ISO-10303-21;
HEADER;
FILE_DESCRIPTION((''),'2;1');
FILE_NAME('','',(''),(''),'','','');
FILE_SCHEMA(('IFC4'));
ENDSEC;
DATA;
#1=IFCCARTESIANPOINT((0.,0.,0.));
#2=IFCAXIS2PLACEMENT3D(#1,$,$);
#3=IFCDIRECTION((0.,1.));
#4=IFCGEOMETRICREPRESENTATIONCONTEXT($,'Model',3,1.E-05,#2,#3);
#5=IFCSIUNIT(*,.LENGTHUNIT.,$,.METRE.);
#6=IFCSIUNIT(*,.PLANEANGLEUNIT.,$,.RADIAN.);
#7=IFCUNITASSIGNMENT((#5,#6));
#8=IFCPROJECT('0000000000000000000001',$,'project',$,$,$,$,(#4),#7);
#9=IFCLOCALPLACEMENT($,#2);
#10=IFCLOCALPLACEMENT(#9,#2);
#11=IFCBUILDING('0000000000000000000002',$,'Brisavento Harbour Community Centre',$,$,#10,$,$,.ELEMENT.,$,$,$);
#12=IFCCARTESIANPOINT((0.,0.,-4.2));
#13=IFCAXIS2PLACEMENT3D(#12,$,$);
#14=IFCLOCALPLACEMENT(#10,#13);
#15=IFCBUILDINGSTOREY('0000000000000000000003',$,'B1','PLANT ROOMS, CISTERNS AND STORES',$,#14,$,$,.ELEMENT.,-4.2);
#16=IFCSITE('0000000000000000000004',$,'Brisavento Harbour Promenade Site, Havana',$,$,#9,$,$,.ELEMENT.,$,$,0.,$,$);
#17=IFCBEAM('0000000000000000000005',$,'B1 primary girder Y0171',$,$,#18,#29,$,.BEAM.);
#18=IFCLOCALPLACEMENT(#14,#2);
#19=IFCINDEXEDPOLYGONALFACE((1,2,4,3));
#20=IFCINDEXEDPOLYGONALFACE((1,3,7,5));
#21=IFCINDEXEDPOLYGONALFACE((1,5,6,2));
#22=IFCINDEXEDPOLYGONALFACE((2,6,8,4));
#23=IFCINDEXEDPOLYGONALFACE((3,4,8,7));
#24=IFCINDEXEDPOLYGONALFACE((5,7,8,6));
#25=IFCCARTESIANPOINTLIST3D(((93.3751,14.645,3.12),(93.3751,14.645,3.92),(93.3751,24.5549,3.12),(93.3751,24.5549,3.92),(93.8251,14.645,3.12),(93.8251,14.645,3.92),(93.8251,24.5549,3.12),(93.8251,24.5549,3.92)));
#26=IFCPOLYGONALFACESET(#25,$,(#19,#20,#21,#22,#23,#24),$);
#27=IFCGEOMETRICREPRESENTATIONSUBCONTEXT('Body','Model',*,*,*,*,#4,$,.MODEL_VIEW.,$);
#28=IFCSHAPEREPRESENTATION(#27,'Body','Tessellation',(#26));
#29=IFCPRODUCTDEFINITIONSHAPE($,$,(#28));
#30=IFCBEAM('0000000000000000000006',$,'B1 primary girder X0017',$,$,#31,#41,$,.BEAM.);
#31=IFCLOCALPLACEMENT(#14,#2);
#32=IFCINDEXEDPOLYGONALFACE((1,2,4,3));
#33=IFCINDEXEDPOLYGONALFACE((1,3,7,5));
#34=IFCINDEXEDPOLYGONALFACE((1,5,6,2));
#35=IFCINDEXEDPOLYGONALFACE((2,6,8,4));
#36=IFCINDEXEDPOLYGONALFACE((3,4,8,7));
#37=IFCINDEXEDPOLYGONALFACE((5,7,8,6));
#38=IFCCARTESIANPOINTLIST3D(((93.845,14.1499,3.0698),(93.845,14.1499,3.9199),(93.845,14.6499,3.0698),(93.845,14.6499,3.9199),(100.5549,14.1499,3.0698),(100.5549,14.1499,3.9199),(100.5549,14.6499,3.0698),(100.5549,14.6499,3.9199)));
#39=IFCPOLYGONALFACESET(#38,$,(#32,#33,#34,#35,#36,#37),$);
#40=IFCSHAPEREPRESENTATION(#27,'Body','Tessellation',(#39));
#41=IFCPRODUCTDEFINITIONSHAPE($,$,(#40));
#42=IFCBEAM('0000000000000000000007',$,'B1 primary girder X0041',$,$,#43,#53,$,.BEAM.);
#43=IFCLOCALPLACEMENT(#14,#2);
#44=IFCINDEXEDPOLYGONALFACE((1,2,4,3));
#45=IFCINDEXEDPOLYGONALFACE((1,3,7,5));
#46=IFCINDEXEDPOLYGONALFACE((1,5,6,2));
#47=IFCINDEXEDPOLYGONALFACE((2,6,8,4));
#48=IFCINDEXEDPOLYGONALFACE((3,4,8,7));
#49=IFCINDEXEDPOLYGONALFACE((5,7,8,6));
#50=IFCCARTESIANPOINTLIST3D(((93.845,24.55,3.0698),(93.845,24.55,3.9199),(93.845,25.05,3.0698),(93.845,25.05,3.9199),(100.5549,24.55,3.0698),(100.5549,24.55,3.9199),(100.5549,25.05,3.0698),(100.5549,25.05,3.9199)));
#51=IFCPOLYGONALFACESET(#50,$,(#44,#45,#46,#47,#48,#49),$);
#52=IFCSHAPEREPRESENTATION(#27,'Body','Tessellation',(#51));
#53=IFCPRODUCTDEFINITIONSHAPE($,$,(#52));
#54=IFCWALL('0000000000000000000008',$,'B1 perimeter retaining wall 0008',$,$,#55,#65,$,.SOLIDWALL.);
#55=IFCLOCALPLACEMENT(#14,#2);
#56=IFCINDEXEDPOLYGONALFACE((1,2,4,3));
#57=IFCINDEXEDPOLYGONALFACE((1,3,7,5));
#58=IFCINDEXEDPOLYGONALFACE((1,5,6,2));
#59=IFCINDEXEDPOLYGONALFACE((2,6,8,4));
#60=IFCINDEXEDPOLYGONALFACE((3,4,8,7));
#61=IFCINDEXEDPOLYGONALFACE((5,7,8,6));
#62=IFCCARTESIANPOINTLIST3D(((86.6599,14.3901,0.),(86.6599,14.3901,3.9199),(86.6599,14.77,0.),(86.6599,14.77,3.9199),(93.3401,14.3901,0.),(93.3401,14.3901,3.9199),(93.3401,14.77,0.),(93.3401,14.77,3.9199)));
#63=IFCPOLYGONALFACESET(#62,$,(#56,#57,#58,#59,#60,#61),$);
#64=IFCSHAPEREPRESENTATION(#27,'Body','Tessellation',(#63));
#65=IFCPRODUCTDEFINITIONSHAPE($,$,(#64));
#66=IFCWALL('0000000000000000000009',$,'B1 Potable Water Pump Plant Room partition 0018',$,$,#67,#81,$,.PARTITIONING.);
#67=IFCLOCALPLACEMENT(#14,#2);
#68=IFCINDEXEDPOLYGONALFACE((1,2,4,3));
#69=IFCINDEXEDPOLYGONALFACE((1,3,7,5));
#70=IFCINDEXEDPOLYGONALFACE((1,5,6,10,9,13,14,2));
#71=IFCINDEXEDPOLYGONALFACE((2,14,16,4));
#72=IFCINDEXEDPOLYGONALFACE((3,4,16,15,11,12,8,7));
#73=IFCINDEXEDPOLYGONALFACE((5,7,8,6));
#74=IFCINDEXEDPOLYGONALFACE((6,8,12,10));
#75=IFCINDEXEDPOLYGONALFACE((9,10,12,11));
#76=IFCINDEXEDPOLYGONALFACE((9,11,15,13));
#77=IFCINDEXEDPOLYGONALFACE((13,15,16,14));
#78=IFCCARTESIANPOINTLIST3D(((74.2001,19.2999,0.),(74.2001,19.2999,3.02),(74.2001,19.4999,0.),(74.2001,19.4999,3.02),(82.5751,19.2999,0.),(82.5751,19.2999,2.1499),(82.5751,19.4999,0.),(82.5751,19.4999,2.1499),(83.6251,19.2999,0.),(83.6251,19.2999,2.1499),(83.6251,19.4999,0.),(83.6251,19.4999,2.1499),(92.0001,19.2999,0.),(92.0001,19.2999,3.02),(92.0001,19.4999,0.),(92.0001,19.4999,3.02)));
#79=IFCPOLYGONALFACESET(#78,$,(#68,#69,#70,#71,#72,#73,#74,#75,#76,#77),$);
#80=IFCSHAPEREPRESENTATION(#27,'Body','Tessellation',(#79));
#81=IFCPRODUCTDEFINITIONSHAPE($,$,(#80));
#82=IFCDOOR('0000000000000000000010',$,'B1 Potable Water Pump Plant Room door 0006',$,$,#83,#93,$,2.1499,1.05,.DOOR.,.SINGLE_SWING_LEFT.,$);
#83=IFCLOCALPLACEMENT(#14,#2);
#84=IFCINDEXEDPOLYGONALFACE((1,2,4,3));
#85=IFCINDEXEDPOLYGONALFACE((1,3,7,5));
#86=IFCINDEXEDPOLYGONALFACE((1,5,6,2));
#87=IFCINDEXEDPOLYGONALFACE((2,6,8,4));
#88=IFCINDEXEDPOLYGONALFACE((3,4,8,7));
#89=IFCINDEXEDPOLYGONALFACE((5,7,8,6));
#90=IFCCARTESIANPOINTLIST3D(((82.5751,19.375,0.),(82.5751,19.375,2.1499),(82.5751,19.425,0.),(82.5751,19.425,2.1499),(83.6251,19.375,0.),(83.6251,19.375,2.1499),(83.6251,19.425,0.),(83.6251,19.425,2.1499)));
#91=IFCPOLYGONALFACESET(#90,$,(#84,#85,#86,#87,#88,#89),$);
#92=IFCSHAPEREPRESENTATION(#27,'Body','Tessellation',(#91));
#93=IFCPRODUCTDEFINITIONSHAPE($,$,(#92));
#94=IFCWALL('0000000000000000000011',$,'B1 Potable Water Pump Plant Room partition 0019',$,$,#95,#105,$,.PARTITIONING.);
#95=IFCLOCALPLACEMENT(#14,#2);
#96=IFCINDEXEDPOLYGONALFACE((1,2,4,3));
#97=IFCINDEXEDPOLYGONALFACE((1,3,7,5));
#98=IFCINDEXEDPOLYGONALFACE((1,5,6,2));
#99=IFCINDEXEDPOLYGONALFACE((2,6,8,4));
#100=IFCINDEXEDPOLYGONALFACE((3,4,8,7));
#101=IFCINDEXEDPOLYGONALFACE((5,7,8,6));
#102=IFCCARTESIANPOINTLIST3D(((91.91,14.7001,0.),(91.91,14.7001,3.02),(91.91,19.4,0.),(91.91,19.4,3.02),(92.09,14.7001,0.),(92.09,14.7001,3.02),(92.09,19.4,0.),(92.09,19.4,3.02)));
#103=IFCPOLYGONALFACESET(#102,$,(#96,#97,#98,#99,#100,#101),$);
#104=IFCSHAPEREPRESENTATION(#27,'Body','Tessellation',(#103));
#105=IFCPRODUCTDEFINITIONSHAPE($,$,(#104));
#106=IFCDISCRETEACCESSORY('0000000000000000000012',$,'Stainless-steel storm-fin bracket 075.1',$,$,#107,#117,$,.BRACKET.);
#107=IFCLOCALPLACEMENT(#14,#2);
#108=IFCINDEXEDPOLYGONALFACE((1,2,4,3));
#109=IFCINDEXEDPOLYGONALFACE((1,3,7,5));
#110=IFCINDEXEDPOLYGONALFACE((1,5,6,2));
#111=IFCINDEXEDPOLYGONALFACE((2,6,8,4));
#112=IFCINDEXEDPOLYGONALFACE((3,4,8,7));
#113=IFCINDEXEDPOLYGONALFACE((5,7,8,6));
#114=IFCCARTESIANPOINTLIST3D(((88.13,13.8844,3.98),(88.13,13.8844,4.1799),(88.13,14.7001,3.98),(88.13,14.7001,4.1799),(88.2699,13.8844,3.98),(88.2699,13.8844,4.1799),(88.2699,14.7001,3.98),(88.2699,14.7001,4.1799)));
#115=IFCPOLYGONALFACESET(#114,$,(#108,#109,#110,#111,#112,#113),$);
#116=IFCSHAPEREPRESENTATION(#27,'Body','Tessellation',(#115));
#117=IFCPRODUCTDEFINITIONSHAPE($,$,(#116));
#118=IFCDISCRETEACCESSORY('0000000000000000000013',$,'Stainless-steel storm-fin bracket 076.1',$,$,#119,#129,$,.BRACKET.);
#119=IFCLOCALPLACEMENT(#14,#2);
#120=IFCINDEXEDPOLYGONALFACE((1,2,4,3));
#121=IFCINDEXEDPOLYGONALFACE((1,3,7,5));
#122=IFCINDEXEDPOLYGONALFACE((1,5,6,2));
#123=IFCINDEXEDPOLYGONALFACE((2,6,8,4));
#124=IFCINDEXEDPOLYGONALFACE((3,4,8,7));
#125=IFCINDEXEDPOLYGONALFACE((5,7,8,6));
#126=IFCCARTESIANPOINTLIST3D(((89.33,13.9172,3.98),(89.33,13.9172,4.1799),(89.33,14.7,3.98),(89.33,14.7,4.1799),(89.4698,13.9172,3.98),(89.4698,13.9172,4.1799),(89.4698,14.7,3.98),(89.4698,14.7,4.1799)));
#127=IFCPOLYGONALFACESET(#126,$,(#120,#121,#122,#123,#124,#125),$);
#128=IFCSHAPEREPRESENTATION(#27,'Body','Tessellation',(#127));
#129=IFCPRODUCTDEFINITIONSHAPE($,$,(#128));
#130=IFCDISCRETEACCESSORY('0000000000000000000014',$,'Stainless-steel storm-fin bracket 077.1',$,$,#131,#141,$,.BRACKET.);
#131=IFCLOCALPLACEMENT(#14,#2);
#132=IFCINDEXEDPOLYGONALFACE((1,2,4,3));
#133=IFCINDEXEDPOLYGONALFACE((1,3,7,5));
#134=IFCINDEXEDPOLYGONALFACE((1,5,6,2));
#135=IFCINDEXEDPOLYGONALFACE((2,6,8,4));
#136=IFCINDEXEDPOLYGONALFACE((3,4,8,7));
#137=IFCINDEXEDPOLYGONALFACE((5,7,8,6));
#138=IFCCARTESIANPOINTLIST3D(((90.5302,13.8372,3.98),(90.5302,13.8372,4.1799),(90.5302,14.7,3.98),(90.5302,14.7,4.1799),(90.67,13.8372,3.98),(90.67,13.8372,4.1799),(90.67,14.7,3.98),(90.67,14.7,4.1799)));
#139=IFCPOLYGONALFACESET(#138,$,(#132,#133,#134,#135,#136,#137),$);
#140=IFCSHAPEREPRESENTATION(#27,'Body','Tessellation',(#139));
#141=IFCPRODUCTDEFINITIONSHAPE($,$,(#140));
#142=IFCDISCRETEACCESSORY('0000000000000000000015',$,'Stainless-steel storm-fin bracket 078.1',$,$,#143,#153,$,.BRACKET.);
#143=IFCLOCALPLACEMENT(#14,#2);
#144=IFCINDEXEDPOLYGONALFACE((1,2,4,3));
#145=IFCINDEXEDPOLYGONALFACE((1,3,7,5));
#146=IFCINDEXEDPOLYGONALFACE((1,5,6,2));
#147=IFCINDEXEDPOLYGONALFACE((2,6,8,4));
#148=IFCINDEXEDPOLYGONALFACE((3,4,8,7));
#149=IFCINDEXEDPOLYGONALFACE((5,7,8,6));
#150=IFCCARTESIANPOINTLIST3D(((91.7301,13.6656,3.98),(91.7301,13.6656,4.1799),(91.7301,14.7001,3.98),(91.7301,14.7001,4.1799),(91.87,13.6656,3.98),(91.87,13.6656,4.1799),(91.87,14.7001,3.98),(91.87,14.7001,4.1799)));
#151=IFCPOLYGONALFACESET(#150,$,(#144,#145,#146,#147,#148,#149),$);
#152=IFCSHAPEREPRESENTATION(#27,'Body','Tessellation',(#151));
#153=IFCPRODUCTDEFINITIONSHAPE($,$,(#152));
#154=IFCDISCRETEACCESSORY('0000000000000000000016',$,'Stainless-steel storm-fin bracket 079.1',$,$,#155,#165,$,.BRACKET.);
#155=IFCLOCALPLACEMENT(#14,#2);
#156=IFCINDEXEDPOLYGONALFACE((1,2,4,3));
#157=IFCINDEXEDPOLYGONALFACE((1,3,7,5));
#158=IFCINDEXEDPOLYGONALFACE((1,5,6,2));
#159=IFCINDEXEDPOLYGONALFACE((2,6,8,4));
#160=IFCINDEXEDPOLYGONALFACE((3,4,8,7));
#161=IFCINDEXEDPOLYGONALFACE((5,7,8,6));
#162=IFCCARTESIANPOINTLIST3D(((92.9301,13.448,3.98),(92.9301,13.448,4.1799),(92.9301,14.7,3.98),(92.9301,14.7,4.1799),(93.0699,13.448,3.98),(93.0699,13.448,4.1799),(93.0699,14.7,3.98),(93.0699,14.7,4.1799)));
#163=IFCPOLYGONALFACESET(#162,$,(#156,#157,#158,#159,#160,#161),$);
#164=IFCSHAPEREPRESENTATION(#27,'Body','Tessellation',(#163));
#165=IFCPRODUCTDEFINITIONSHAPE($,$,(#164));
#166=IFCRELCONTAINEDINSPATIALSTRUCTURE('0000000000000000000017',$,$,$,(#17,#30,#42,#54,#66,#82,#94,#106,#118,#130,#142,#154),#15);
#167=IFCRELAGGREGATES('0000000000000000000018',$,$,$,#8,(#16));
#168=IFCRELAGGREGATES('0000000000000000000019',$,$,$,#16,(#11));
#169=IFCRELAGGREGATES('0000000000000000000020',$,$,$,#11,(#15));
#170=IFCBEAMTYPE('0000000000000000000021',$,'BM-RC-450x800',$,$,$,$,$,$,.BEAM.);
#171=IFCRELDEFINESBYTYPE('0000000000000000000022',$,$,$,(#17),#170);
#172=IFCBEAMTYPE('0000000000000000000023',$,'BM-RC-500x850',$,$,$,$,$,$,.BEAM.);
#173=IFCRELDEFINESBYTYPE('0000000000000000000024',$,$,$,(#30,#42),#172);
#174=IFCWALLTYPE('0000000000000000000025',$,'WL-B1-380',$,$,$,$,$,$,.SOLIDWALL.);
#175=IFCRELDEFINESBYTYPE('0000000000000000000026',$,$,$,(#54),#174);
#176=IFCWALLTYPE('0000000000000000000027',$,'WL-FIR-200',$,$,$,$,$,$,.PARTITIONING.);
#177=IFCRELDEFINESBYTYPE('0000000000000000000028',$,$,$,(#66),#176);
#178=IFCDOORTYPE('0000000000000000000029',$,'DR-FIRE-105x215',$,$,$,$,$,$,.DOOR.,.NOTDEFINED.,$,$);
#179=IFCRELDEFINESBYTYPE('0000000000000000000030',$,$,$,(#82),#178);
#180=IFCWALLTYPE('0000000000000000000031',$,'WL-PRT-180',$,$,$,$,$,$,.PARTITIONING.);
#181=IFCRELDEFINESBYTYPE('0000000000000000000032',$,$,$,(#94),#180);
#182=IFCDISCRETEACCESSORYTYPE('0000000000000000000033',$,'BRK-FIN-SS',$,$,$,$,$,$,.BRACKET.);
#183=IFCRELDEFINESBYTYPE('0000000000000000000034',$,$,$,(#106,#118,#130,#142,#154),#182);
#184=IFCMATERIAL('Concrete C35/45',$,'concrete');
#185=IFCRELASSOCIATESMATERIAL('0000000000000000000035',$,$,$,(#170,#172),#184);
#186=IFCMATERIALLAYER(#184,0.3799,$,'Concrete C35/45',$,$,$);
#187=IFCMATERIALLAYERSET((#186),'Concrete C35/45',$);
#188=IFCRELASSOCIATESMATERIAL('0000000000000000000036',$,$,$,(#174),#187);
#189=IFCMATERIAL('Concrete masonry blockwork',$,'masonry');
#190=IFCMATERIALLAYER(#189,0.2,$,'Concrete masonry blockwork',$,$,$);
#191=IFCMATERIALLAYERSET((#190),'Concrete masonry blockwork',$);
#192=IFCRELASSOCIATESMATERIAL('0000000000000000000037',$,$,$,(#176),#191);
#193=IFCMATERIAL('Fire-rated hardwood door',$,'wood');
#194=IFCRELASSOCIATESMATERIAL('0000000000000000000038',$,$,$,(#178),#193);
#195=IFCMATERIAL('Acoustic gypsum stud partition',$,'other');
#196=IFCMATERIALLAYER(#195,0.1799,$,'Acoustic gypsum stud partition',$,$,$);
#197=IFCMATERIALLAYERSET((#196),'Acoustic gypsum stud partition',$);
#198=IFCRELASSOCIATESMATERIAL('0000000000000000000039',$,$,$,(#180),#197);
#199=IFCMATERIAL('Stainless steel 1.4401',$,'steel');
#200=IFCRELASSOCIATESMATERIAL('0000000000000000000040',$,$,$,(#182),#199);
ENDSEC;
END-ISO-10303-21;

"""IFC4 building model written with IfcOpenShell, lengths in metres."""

from ifc_helpers import new_model, si_unit, direction, frame, frame_2d, origin, origin_2d, place, context, subcontext, project, spatial, rectangle, extrude, material, layer, layer_set, material_profile, profile_set, type_object, element, fill, save


model = new_model("IFC4")

# Units and contexts
model_context = context("Model", 3, precision=1e-05, world=origin(), true_north=direction((0.0, 1.0)))
body_context = subcontext(model_context, "Body", "Model", "MODEL_VIEW")
ifc_project = project(units=[si_unit("LENGTHUNIT", "METRE"), si_unit("PLANEANGLEUNIT", "RADIAN")], contexts=[model_context])

# Site, building, storey
site_placement = place(None, origin())
site = spatial("IfcSite", under=ifc_project, at=site_placement, Name="Brisavento Harbour Promenade Site, Havana", CompositionType="ELEMENT", RefElevation=0.0)
building_placement = place(site_placement, origin())
building = spatial("IfcBuilding", under=site, at=building_placement, Name="Brisavento Harbour Community Centre", CompositionType="ELEMENT")
storey_placement = place(building_placement, frame((0.0, 0.0, -4.2)))
storey = spatial("IfcBuildingStorey", under=building, at=storey_placement, Name="B1", Description="PLANT ROOMS, CISTERNS AND STORES", CompositionType="ELEMENT", Elevation=-4.2)

# Shared definitions
ifc_material_1 = material(Name="Concrete C35/45", Category="concrete")

# Beams
ifc_material_profile_1 = material_profile(ifc_material_1, rectangle(XDim=0.45, YDim=0.8, at=origin_2d()), Name="Concrete C35/45")
ifc_profile_set_1 = profile_set([ifc_material_profile_1], Name="Concrete C35/45")
beam_type_1 = type_object("IfcBeamType", Name="BM-RC-450x800", PredefinedType="BEAM", material=ifc_profile_set_1)
beam_1_placement = place(storey_placement, frame((93.6001, 14.645, 3.52), z_axis=(0.0, 1.0, 0.0), x_axis=(-1.0, 0.0, 0.0)))
element("IfcBeam", 1, at=beam_1_placement, inside=storey, type_object=beam_type_1, Name="B1 primary girder Y0171", PredefinedType="BEAM", context=body_context, shape_type="SweptSolid", body=[
    extrude(rectangle(XDim=0.45, YDim=0.8, at=origin_2d()), origin(), (0.0, 0.0, 1.0), 9.9099),
])
ifc_material_profile_2 = material_profile(ifc_material_1, rectangle(XDim=0.5, YDim=0.8501, at=origin_2d()), Name="Concrete C35/45")
ifc_profile_set_2 = profile_set([ifc_material_profile_2], Name="Concrete C35/45")
beam_type_2 = type_object("IfcBeamType", Name="BM-RC-500x850", PredefinedType="BEAM", material=ifc_profile_set_2)
for number, where, z_axis, x_axis, name in (
    (2, (93.845, 14.3999, 3.4949), (1.0, 0.0, 0.0), (0.0, 1.0, 0.0), "B1 primary girder X0017"),
    (3, (93.845, 24.8, 3.4949), (1.0, 0.0, 0.0), (0.0, 1.0, 0.0), "B1 primary girder X0041"),
):
    element("IfcBeam", number, at=place(storey_placement, frame(where, z_axis=z_axis, x_axis=x_axis)), inside=storey, type_object=beam_type_2, Name=name, PredefinedType="BEAM", context=body_context, shape_type="SweptSolid", body=[
        extrude(rectangle(XDim=0.5, YDim=0.8501, at=origin_2d()), origin(), (0.0, 0.0, 1.0), 6.71),
    ])

# Wall
ifc_layer_1 = layer(ifc_material_1, 0.3799, Name="Concrete C35/45")
ifc_layer_set_1 = layer_set([ifc_layer_1], Name="Concrete C35/45")
wall_type_1 = type_object("IfcWallType", Name="WL-B1-380", PredefinedType="SOLIDWALL", material=ifc_layer_set_1)
wall_1_placement = place(storey_placement, frame((93.3401, 14.5801, 0.0), z_axis=(0.0, 0.0, 1.0), x_axis=(-1.0, 0.0, 0.0)))
element("IfcWall", 4, at=wall_1_placement, inside=storey, type_object=wall_type_1, Name="B1 perimeter retaining wall 0008", PredefinedType="SOLIDWALL", context=body_context, shape_type="SweptSolid", body=[
    extrude(rectangle(XDim=6.6802, YDim=0.3799, at=frame_2d((3.3401, 0.0))), origin(), (0.0, 0.0, 1.0), 3.9199),
])

# Wall, opening, door
ifc_material_2 = material(Name="Concrete masonry blockwork", Category="masonry")
ifc_layer_2 = layer(ifc_material_2, 0.2, Name="Concrete masonry blockwork")
ifc_layer_set_2 = layer_set([ifc_layer_2], Name="Concrete masonry blockwork")
wall_type_2 = type_object("IfcWallType", Name="WL-FIR-200", PredefinedType="PARTITIONING", material=ifc_layer_set_2)
wall_2_placement = place(storey_placement, frame((92.0, 19.3999, 0.0), z_axis=(0.0, 0.0, 1.0), x_axis=(-1.0, 0.0, 0.0)))
wall_2 = element("IfcWall", 5, at=wall_2_placement, inside=storey, type_object=wall_type_2, Name="B1 Potable Water Pump Plant Room partition 0018", PredefinedType="PARTITIONING", context=body_context, shape_type="SweptSolid", body=[
    extrude(rectangle(XDim=17.8, YDim=0.2, at=frame_2d((8.8999, 0.0))), origin(), (0.0, 0.0, 1.0), 3.02),
])
opening_placement = place(wall_2_placement, frame((8.375, 0.0, 0.0)))
opening = element("IfcOpeningElement", 6, at=opening_placement, cuts=wall_2, PredefinedType="OPENING", context=body_context, shape_type="SweptSolid", body=[
    extrude(rectangle(XDim=1.05, YDim=2.1499, at=frame_2d((0.5249, 1.075))), frame((0.0, 0.1099, 0.0), z_axis=(0.0, -1.0, 0.0), x_axis=(1.0, 0.0, 0.0)), (0.0, 0.0, 1.0), 0.22),
])
ifc_material_3 = material(Name="Fire-rated hardwood door", Category="wood")
door_type = type_object("IfcDoorType", Name="DR-FIRE-105x215", OperationType="NOTDEFINED", PredefinedType="DOOR", material=ifc_material_3)
door_placement = place(opening_placement, origin())
door = element("IfcDoor", 7, at=door_placement, inside=storey, type_object=door_type, Name="B1 Potable Water Pump Plant Room door 0006", OperationType="SINGLE_SWING_LEFT", OverallHeight=2.1499, OverallWidth=1.05, PredefinedType="DOOR", context=body_context, shape_type="SweptSolid", body=[
    extrude(rectangle(XDim=1.05, YDim=2.1499, at=frame_2d((0.5249, 1.075))), frame((0.0, 0.0249, 0.0), z_axis=(0.0, -1.0, 0.0), x_axis=(1.0, 0.0, 0.0)), (0.0, 0.0, 1.0), 0.05),
])
fill(opening, door)

# Wall
ifc_material_4 = material(Name="Acoustic gypsum stud partition", Category="other")
ifc_layer_3 = layer(ifc_material_4, 0.1799, Name="Acoustic gypsum stud partition")
ifc_layer_set_3 = layer_set([ifc_layer_3], Name="Acoustic gypsum stud partition")
wall_type_3 = type_object("IfcWallType", Name="WL-PRT-180", PredefinedType="PARTITIONING", material=ifc_layer_set_3)
wall_3_placement = place(storey_placement, frame((92.0, 14.7, 0.0), z_axis=(0.0, 0.0, 1.0), x_axis=(0.0, 1.0, 0.0)))
element("IfcWall", 8, at=wall_3_placement, inside=storey, type_object=wall_type_3, Name="B1 Potable Water Pump Plant Room partition 0019", PredefinedType="PARTITIONING", context=body_context, shape_type="SweptSolid", body=[
    extrude(rectangle(XDim=4.7, YDim=0.1799, at=frame_2d((2.3501, 0.0))), origin(), (0.0, 0.0, 1.0), 3.02),
])

# Discrete accessories
ifc_material_5 = material(Name="Stainless steel 1.4401", Category="steel")
discrete_accessory_type = type_object("IfcDiscreteAccessoryType", Name="BRK-FIN-SS", PredefinedType="BRACKET", material=ifc_material_5)
discrete_accessory_1_placement = place(storey_placement, frame((88.2, 14.2922, 3.98), z_axis=(0.0, 0.0, 1.0), x_axis=(0.0, -1.0, 0.0)))
element("IfcDiscreteAccessory", 9, at=discrete_accessory_1_placement, inside=storey, type_object=discrete_accessory_type, Name="Stainless-steel storm-fin bracket 075.1", PredefinedType="BRACKET", context=body_context, shape_type="SweptSolid", body=[
    extrude(rectangle(XDim=0.8157, YDim=0.1399, at=origin_2d()), origin(), (0.0, 0.0, 1.0), 0.2),
])
discrete_accessory_2_placement = place(storey_placement, frame((89.3999, 14.3086, 3.98), z_axis=(0.0, 0.0, 1.0), x_axis=(0.0, -1.0, 0.0)))
element("IfcDiscreteAccessory", 10, at=discrete_accessory_2_placement, inside=storey, type_object=discrete_accessory_type, Name="Stainless-steel storm-fin bracket 076.1", PredefinedType="BRACKET", context=body_context, shape_type="SweptSolid", body=[
    extrude(rectangle(XDim=0.7827, YDim=0.1399, at=origin_2d()), origin(), (0.0, 0.0, 1.0), 0.2),
])
discrete_accessory_3_placement = place(storey_placement, frame((90.6001, 14.2686, 3.98), z_axis=(0.0, 0.0, 1.0), x_axis=(0.0, -1.0, 0.0)))
element("IfcDiscreteAccessory", 11, at=discrete_accessory_3_placement, inside=storey, type_object=discrete_accessory_type, Name="Stainless-steel storm-fin bracket 077.1", PredefinedType="BRACKET", context=body_context, shape_type="SweptSolid", body=[
    extrude(rectangle(XDim=0.8628, YDim=0.1399, at=origin_2d()), origin(), (0.0, 0.0, 1.0), 0.2),
])
discrete_accessory_4_placement = place(storey_placement, frame((91.8, 14.1829, 3.98), z_axis=(0.0, 0.0, 1.0), x_axis=(0.0, -1.0, 0.0)))
element("IfcDiscreteAccessory", 12, at=discrete_accessory_4_placement, inside=storey, type_object=discrete_accessory_type, Name="Stainless-steel storm-fin bracket 078.1", PredefinedType="BRACKET", context=body_context, shape_type="SweptSolid", body=[
    extrude(rectangle(XDim=1.0344, YDim=0.1399, at=origin_2d()), origin(), (0.0, 0.0, 1.0), 0.2),
])
discrete_accessory_5_placement = place(storey_placement, frame((93.0, 14.074, 3.98), z_axis=(0.0, 0.0, 1.0), x_axis=(0.0, -1.0, 0.0)))
element("IfcDiscreteAccessory", 13, at=discrete_accessory_5_placement, inside=storey, type_object=discrete_accessory_type, Name="Stainless-steel storm-fin bracket 079.1", PredefinedType="BRACKET", context=body_context, shape_type="SweptSolid", body=[
    extrude(rectangle(XDim=1.252, YDim=0.1399, at=origin_2d()), origin(), (0.0, 0.0, 1.0), 0.2),
])

save(model, "model.ifc")
